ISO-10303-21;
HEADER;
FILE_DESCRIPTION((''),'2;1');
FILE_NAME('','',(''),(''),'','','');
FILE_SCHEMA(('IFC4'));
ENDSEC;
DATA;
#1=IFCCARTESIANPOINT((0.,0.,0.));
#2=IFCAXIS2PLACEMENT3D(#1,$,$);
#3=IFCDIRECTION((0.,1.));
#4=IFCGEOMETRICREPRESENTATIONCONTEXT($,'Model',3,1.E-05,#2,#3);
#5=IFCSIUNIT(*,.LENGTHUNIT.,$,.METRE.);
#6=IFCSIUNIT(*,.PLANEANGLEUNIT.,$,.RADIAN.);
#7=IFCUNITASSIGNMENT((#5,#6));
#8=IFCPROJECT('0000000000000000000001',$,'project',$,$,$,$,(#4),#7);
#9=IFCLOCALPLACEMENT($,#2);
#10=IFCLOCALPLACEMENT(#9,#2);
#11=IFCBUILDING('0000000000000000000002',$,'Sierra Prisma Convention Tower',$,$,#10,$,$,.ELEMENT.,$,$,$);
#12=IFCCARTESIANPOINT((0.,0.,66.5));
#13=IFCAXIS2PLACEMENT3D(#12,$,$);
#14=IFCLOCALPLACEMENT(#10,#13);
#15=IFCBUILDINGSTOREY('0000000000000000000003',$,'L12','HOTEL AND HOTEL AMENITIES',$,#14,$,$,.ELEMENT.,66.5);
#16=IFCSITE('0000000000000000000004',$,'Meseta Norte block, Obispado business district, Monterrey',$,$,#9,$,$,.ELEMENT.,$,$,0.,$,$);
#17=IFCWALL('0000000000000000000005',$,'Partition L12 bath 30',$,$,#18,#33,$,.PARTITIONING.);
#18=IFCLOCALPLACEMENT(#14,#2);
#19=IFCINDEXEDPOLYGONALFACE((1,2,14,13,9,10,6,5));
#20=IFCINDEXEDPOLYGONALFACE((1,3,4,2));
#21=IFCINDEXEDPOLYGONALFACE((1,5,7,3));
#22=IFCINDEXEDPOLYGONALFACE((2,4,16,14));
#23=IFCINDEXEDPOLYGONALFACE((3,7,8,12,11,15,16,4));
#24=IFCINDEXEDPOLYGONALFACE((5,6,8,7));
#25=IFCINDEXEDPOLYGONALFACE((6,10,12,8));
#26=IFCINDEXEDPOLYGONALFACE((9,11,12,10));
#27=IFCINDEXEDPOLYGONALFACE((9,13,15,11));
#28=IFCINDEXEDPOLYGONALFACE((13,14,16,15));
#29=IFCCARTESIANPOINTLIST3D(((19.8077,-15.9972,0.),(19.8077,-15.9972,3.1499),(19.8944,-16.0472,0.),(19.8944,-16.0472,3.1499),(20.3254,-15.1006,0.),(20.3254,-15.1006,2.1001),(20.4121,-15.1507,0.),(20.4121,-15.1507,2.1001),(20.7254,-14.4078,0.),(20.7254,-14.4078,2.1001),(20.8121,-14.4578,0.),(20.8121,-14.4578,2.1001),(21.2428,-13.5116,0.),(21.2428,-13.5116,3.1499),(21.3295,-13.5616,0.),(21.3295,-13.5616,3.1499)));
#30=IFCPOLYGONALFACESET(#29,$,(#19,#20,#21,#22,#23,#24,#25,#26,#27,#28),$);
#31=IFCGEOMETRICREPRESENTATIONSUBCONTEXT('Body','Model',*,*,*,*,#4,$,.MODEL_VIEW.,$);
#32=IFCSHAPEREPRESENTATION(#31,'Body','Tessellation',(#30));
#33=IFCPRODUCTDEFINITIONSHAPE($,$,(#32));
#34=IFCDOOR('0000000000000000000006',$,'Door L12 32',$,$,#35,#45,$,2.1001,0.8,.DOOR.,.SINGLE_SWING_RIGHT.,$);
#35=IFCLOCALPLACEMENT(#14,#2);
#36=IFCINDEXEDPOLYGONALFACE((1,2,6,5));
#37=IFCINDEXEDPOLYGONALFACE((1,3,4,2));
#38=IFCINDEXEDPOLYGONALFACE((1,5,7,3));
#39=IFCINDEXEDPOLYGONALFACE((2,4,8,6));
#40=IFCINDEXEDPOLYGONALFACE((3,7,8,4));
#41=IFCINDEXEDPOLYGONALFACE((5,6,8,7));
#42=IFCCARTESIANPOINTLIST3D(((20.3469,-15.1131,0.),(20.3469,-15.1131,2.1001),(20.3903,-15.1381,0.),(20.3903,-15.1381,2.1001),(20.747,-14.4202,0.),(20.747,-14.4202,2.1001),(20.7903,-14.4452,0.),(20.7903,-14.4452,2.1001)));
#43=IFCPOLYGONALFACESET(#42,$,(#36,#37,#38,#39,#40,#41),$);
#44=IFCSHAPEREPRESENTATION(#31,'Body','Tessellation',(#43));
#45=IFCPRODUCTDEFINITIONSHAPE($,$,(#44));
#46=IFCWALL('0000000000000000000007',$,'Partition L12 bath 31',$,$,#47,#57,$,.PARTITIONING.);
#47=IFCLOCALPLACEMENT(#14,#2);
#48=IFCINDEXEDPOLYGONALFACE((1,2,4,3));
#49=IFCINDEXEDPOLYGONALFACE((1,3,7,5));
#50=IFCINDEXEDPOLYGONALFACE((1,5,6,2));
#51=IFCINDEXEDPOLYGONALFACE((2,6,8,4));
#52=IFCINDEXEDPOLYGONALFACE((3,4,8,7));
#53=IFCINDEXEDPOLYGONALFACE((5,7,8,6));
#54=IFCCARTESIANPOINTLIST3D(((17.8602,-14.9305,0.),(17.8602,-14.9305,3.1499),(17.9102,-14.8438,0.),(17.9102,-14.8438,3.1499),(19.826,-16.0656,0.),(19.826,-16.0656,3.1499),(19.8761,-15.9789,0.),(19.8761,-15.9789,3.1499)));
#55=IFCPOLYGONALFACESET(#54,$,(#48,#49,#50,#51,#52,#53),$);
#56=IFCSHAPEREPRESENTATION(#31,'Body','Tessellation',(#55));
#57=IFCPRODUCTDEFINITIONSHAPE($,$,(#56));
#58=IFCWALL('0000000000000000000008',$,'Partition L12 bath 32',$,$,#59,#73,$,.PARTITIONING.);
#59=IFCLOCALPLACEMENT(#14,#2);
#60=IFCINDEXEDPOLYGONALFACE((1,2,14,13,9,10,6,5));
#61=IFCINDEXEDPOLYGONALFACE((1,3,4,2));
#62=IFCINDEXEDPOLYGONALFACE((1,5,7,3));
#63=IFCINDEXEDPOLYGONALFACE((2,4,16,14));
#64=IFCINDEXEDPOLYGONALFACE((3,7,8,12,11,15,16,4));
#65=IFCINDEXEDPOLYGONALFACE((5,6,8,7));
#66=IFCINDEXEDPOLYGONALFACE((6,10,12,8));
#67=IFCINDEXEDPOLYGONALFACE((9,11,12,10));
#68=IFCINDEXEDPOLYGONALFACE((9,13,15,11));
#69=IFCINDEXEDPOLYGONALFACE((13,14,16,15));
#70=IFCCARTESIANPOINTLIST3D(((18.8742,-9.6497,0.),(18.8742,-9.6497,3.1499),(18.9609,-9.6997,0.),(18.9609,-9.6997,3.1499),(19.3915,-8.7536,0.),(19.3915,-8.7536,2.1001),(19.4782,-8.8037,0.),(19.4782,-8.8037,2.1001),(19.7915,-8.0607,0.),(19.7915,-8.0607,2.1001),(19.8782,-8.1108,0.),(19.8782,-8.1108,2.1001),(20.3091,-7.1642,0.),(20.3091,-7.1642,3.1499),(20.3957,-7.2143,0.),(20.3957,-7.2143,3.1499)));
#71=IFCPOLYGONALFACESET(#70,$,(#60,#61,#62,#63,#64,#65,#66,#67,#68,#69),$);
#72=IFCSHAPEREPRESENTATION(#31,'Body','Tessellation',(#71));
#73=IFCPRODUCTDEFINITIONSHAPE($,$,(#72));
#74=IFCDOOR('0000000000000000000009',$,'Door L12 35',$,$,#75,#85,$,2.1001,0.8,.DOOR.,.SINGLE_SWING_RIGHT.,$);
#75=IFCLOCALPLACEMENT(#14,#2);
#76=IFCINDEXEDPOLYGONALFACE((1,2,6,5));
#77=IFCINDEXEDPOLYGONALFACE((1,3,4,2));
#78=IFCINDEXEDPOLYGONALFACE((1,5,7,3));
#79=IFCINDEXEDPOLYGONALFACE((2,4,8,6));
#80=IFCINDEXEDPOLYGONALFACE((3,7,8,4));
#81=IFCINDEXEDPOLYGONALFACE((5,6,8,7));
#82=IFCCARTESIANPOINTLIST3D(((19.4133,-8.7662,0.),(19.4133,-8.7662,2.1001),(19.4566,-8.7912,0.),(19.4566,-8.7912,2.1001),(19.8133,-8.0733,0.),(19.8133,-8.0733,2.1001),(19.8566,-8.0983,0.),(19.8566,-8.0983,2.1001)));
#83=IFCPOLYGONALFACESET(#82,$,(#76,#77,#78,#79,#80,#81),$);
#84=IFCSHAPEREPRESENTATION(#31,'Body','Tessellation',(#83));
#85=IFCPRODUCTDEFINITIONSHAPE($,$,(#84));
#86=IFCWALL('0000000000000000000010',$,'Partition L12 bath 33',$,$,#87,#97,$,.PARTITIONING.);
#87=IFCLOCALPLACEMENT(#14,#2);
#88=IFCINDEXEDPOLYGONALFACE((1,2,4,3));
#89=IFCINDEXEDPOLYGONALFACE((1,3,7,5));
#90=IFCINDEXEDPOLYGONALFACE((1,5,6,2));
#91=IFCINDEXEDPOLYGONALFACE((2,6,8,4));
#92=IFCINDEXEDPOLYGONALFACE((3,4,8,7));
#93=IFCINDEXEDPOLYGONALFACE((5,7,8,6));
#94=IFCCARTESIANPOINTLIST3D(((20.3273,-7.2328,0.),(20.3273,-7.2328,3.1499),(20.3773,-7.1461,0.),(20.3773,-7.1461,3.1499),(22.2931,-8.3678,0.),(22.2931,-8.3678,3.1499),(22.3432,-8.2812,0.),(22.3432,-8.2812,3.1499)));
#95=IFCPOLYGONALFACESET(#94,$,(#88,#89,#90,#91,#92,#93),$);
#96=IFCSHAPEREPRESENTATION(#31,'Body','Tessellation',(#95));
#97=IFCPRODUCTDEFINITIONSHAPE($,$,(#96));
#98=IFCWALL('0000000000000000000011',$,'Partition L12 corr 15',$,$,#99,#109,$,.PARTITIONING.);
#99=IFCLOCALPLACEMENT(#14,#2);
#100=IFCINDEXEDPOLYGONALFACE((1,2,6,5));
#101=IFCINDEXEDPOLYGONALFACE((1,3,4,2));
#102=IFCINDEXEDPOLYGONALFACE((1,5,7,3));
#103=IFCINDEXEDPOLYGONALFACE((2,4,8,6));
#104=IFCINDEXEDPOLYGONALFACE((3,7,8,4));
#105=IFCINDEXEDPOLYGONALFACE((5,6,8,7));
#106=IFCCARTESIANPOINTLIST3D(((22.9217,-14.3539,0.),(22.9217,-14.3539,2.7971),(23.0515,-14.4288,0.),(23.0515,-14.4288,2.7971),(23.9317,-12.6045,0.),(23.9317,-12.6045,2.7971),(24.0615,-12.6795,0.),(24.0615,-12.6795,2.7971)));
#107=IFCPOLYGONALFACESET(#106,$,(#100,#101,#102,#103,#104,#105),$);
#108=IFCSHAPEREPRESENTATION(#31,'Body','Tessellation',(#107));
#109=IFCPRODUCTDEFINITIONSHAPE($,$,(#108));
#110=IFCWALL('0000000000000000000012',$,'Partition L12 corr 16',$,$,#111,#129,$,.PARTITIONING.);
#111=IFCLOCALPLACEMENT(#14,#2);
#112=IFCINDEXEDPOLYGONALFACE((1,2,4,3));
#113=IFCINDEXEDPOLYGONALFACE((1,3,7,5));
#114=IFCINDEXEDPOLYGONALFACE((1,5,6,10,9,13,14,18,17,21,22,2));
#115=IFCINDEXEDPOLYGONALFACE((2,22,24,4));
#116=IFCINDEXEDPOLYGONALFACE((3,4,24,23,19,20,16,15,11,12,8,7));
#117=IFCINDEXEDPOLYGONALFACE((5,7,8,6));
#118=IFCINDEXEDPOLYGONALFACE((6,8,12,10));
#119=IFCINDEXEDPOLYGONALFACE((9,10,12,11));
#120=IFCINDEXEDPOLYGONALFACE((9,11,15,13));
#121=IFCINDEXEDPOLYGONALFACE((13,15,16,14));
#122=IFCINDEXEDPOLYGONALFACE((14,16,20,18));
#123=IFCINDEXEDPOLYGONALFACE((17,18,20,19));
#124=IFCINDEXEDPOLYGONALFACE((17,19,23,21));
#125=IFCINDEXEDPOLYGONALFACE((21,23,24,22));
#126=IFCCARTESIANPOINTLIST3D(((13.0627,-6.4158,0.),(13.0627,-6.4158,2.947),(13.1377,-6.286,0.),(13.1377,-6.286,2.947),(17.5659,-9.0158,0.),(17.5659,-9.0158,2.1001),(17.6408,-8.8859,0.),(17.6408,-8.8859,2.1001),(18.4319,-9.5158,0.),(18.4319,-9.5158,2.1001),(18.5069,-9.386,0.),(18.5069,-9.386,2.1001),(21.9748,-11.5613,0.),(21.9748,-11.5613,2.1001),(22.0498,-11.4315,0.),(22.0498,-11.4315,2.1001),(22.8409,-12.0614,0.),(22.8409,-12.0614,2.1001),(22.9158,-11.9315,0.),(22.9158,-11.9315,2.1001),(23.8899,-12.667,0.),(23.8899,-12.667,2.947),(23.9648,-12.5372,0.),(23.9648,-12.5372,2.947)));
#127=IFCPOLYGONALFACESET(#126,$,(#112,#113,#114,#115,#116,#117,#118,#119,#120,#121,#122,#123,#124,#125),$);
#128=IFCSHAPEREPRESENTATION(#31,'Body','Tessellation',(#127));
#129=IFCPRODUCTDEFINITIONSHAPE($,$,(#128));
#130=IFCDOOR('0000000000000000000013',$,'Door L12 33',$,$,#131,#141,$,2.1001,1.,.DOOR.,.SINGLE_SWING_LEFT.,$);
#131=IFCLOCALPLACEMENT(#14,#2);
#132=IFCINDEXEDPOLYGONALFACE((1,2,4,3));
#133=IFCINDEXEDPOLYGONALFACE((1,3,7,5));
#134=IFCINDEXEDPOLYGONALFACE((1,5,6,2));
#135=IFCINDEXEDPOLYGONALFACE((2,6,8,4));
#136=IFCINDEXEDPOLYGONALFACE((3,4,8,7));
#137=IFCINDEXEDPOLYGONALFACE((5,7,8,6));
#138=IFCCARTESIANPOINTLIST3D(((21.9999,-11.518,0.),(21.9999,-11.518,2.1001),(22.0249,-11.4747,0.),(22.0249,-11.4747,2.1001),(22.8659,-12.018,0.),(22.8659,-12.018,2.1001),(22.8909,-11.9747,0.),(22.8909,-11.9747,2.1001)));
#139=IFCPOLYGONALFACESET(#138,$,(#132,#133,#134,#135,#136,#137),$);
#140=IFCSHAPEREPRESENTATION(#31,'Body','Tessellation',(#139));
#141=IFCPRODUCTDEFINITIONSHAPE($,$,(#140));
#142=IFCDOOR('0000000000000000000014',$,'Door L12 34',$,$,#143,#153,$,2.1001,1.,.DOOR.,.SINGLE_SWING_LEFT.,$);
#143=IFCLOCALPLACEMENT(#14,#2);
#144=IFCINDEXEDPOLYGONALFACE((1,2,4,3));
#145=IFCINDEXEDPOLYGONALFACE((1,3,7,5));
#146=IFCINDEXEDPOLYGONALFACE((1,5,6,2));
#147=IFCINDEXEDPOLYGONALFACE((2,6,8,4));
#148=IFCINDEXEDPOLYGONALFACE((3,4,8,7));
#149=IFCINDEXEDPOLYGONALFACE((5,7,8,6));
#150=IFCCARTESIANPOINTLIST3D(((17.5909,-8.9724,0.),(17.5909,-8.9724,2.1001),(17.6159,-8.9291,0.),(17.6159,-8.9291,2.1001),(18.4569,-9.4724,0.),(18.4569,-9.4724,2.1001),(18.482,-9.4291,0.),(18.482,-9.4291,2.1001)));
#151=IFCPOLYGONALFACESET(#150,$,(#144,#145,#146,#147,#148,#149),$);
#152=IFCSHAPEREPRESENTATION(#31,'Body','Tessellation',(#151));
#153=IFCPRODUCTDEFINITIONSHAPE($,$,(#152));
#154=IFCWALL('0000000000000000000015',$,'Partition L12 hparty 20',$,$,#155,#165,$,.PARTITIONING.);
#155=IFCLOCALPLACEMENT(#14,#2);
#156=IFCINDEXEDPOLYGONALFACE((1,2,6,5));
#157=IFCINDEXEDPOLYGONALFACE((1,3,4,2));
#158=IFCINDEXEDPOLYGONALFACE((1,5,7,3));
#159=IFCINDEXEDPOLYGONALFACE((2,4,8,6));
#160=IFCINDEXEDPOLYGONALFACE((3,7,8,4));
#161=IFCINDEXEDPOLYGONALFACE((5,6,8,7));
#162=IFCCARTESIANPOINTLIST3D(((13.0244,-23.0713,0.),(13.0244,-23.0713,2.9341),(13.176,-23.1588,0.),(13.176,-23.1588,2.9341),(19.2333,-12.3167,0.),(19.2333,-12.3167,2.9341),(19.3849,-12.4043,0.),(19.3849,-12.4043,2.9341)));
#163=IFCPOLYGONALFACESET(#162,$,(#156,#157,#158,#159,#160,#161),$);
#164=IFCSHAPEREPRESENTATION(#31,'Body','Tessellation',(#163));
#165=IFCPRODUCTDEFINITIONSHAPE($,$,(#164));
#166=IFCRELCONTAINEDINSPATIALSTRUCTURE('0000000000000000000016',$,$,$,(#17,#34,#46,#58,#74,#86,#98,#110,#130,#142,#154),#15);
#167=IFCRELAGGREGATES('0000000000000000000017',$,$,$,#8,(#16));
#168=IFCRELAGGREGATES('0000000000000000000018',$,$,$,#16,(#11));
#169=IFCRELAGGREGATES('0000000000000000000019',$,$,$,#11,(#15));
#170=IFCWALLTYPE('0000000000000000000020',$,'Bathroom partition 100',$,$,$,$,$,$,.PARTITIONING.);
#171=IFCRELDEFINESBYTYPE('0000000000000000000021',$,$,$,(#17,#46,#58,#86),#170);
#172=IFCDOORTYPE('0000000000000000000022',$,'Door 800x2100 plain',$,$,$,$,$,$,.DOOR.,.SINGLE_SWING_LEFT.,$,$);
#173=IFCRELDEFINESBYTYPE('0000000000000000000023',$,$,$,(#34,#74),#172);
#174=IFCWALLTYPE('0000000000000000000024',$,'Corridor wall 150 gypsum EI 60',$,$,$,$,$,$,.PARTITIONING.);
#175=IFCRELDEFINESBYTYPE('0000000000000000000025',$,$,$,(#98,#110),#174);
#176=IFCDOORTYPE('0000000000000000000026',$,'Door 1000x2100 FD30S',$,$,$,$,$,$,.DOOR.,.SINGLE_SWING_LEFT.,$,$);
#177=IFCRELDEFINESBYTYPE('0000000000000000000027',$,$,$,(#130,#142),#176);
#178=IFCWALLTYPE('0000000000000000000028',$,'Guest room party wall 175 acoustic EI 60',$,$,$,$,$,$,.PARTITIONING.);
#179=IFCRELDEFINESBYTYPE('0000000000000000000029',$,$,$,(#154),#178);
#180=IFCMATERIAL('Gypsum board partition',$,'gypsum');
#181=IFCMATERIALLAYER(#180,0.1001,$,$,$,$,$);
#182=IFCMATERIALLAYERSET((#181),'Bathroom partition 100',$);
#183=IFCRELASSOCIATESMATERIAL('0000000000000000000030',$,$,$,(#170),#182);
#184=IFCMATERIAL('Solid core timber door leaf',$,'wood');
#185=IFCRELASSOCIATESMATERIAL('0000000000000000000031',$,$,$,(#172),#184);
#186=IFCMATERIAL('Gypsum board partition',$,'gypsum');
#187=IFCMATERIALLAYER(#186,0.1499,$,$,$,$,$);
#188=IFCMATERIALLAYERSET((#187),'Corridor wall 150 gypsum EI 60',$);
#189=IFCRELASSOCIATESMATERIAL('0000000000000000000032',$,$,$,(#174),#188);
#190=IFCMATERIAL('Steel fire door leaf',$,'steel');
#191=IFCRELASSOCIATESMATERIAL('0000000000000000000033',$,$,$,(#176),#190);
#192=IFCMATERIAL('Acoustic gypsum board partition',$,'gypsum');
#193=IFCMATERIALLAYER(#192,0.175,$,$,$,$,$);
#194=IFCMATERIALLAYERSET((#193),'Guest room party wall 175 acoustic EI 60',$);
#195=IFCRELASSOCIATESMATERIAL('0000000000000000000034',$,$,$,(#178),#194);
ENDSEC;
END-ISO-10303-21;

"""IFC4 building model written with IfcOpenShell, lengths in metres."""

from ifc_helpers import new_model, si_unit, direction, frame, frame_2d, origin, place, context, subcontext, project, spatial, rectangle, extrude, material, layer, layer_set, type_object, element, fill, save


model = new_model("IFC4")

# Units and contexts
model_context = context("Model", 3, precision=1e-05, world=origin(), true_north=direction((0.0, 1.0)))
body_context = subcontext(model_context, "Body", "Model", "MODEL_VIEW")
ifc_project = project(units=[si_unit("LENGTHUNIT", "METRE"), si_unit("PLANEANGLEUNIT", "RADIAN")], contexts=[model_context])

# Site, building, storey
site_placement = place(None, origin())
site = spatial("IfcSite", under=ifc_project, at=site_placement, Name="Meseta Norte block, Obispado business district, Monterrey", CompositionType="ELEMENT", RefElevation=0.0)
building_placement = place(site_placement, origin())
building = spatial("IfcBuilding", under=site, at=building_placement, Name="Sierra Prisma Convention Tower", CompositionType="ELEMENT")
storey_placement = place(building_placement, frame((0.0, 0.0, 66.5)))
storey = spatial("IfcBuildingStorey", under=building, at=storey_placement, Name="L12", Description="HOTEL AND HOTEL AMENITIES", CompositionType="ELEMENT", Elevation=66.5)

# Wall, opening, door
ifc_material_1 = material(Name="Gypsum board partition", Category="gypsum")
ifc_layer_1 = layer(ifc_material_1, 0.1001)
ifc_layer_set_1 = layer_set([ifc_layer_1], Name="Bathroom partition 100")
wall_type_1 = type_object("IfcWallType", Name="Bathroom partition 100", PredefinedType="PARTITIONING", material=ifc_layer_set_1)
wall_1_placement = place(storey_placement, frame((21.2861, -13.5366, 0.0), z_axis=(0.0, 0.0, 1.0), x_axis=(-0.5, -0.866026, 0.0)))
wall_1 = element("IfcWall", 1, at=wall_1_placement, inside=storey, type_object=wall_type_1, Name="Partition L12 bath 30", PredefinedType="PARTITIONING", context=body_context, shape_type="SweptSolid", body=[
    extrude(rectangle(XDim=2.8701, YDim=0.1001, at=frame_2d((1.4351, 0.0))), origin(), (0.0, 0.0, 1.0), 3.1499),
])
opening_1_placement = place(wall_1_placement, frame((1.0349, 0.0, 0.0)))
opening_1 = element("IfcOpeningElement", 2, at=opening_1_placement, cuts=wall_1, PredefinedType="OPENING", context=body_context, shape_type="SweptSolid", body=[
    extrude(rectangle(XDim=0.8, YDim=2.1001, at=frame_2d((0.3999, 1.05))), frame((0.0, 0.05, 0.0), z_axis=(0.0, -1.0, 0.0), x_axis=(1.0, 0.0, 0.0)), (0.0, 0.0, 1.0), 0.1001),
])
ifc_material_2 = material(Name="Solid core timber door leaf", Category="wood")
door_type_1 = type_object("IfcDoorType", Name="Door 800x2100 plain", OperationType="SINGLE_SWING_LEFT", PredefinedType="DOOR", material=ifc_material_2)
door_1_placement = place(opening_1_placement, origin())
door_1 = element("IfcDoor", 3, at=door_1_placement, inside=storey, type_object=door_type_1, Name="Door L12 32", OperationType="SINGLE_SWING_RIGHT", OverallHeight=2.1001, OverallWidth=0.8, PredefinedType="DOOR", context=body_context, shape_type="SweptSolid", body=[
    extrude(rectangle(XDim=0.8, YDim=2.1001, at=frame_2d((0.3999, 1.05))), frame((0.0, 0.0249, 0.0), z_axis=(0.0, -1.0, 0.0), x_axis=(1.0, 0.0, 0.0)), (0.0, 0.0, 1.0), 0.05),
])
fill(opening_1, door_1)

# Wall
wall_2_placement = place(storey_placement, frame((19.8511, -16.0222, 0.0), z_axis=(0.0, 0.0, 1.0), x_axis=(-0.866017, 0.500014, 0.0)))
element("IfcWall", 4, at=wall_2_placement, inside=storey, type_object=wall_type_1, Name="Partition L12 bath 31", PredefinedType="PARTITIONING", context=body_context, shape_type="SweptSolid", body=[
    extrude(rectangle(XDim=2.27, YDim=0.1001, at=frame_2d((1.135, 0.0))), origin(), (0.0, 0.0, 1.0), 3.1499),
])

# Wall, opening, door
wall_3_placement = place(storey_placement, frame((18.9175, -9.6748, 0.0), z_axis=(0.0, 0.0, 1.0), x_axis=(0.499973, 0.866041, 0.0)))
wall_3 = element("IfcWall", 5, at=wall_3_placement, inside=storey, type_object=wall_type_1, Name="Partition L12 bath 32", PredefinedType="PARTITIONING", context=body_context, shape_type="SweptSolid", body=[
    extrude(rectangle(XDim=2.8699, YDim=0.1001, at=frame_2d((1.4351, 0.0))), origin(), (0.0, 0.0, 1.0), 3.1499),
])
opening_2_placement = place(wall_3_placement, frame((1.0349, 0.0, 0.0)))
opening_2 = element("IfcOpeningElement", 6, at=opening_2_placement, cuts=wall_3, PredefinedType="OPENING", context=body_context, shape_type="SweptSolid", body=[
    extrude(rectangle(XDim=0.8, YDim=2.1001, at=frame_2d((0.3999, 1.05))), frame((0.0, 0.05, 0.0), z_axis=(0.0, -1.0, 0.0), x_axis=(1.0, 0.0, 0.0)), (0.0, 0.0, 1.0), 0.1001),
])
door_2_placement = place(opening_2_placement, origin())
door_2 = element("IfcDoor", 7, at=door_2_placement, inside=storey, type_object=door_type_1, Name="Door L12 35", OperationType="SINGLE_SWING_RIGHT", OverallHeight=2.1001, OverallWidth=0.8, PredefinedType="DOOR", context=body_context, shape_type="SweptSolid", body=[
    extrude(rectangle(XDim=0.8, YDim=2.1001, at=frame_2d((0.3999, 1.05))), frame((0.0, 0.0249, 0.0), z_axis=(0.0, -1.0, 0.0), x_axis=(1.0, 0.0, 0.0)), (0.0, 0.0, 1.0), 0.05),
])
fill(opening_2, door_2)

# Walls
wall_4_placement = place(storey_placement, frame((20.3523, -7.1895, 0.0), z_axis=(0.0, 0.0, 1.0), x_axis=(0.866017, -0.500014, 0.0)))
element("IfcWall", 8, at=wall_4_placement, inside=storey, type_object=wall_type_1, Name="Partition L12 bath 33", PredefinedType="PARTITIONING", context=body_context, shape_type="SweptSolid", body=[
    extrude(rectangle(XDim=2.27, YDim=0.1001, at=frame_2d((1.135, 0.0))), origin(), (0.0, 0.0, 1.0), 3.1499),
])
ifc_material_3 = material(Name="Gypsum board partition", Category="gypsum")
ifc_layer_2 = layer(ifc_material_3, 0.1499)
ifc_layer_set_2 = layer_set([ifc_layer_2], Name="Corridor wall 150 gypsum EI 60")
wall_type_2 = type_object("IfcWallType", Name="Corridor wall 150 gypsum EI 60", PredefinedType="PARTITIONING", material=ifc_layer_set_2)
wall_5_placement = place(storey_placement, frame((22.9866, -14.3914, 0.0), z_axis=(0.0, 0.0, 1.0), x_axis=(0.500026, 0.86601, 0.0)))
element("IfcWall", 9, at=wall_5_placement, inside=storey, type_object=wall_type_2, Name="Partition L12 corr 15", PredefinedType="PARTITIONING", context=body_context, shape_type="SweptSolid", body=[
    extrude(rectangle(XDim=2.02, YDim=0.1499, at=frame_2d((1.01, 0.0))), origin(), (0.0, 0.0, 1.0), 2.7971),
])

# Wall, openings, doors
wall_6_placement = place(storey_placement, frame((23.9272, -12.6021, 0.0), z_axis=(0.0, 0.0, 1.0), x_axis=(-0.86602, 0.50001, 0.0)))
wall_6 = element("IfcWall", 10, at=wall_6_placement, inside=storey, type_object=wall_type_2, Name="Partition L12 corr 16", PredefinedType="PARTITIONING", context=body_context, shape_type="SweptSolid", body=[
    extrude(rectangle(XDim=12.5022, YDim=0.1499, at=frame_2d((6.251, 0.0))), origin(), (0.0, 0.0, 1.0), 2.947),
])
opening_3_placement = place(wall_6_placement, frame((1.2112, 0.0, 0.0)))
opening_3 = element("IfcOpeningElement", 11, at=opening_3_placement, cuts=wall_6, PredefinedType="OPENING", context=body_context, shape_type="SweptSolid", body=[
    extrude(rectangle(XDim=1.0, YDim=2.1001, at=frame_2d((0.5, 1.05))), frame((0.0, 0.075, 0.0), z_axis=(0.0, -1.0, 0.0), x_axis=(1.0, 0.0, 0.0)), (0.0, 0.0, 1.0), 0.1499),
])
opening_4_placement = place(wall_6_placement, frame((6.3022, 0.0, 0.0)))
opening_4 = element("IfcOpeningElement", 12, at=opening_4_placement, cuts=wall_6, PredefinedType="OPENING", context=body_context, shape_type="SweptSolid", body=[
    extrude(rectangle(XDim=1.0, YDim=2.1001, at=frame_2d((0.5, 1.05))), frame((0.0, 0.075, 0.0), z_axis=(0.0, -1.0, 0.0), x_axis=(1.0, 0.0, 0.0)), (0.0, 0.0, 1.0), 0.1499),
])
ifc_material_4 = material(Name="Steel fire door leaf", Category="steel")
door_type_2 = type_object("IfcDoorType", Name="Door 1000x2100 FD30S", OperationType="SINGLE_SWING_LEFT", PredefinedType="DOOR", material=ifc_material_4)
door_3_placement = place(opening_3_placement, origin())
door_3 = element("IfcDoor", 13, at=door_3_placement, inside=storey, type_object=door_type_2, Name="Door L12 33", OperationType="SINGLE_SWING_LEFT", OverallHeight=2.1001, OverallWidth=1.0, PredefinedType="DOOR", context=body_context, shape_type="SweptSolid", body=[
    extrude(rectangle(XDim=1.0, YDim=2.1001, at=frame_2d((0.5, 1.05))), frame((0.0, 0.0249, 0.0), z_axis=(0.0, -1.0, 0.0), x_axis=(1.0, 0.0, 0.0)), (0.0, 0.0, 1.0), 0.05),
])
fill(opening_3, door_3)
door_4_placement = place(opening_4_placement, origin())
door_4 = element("IfcDoor", 14, at=door_4_placement, inside=storey, type_object=door_type_2, Name="Door L12 34", OperationType="SINGLE_SWING_LEFT", OverallHeight=2.1001, OverallWidth=1.0, PredefinedType="DOOR", context=body_context, shape_type="SweptSolid", body=[
    extrude(rectangle(XDim=1.0, YDim=2.1001, at=frame_2d((0.5, 1.05))), frame((0.0, 0.0249, 0.0), z_axis=(0.0, -1.0, 0.0), x_axis=(1.0, 0.0, 0.0)), (0.0, 0.0, 1.0), 0.05),
])
fill(opening_4, door_4)

# Wall
ifc_material_5 = material(Name="Acoustic gypsum board partition", Category="gypsum")
ifc_layer_3 = layer(ifc_material_5, 0.175)
ifc_layer_set_3 = layer_set([ifc_layer_3], Name="Guest room party wall 175 acoustic EI 60")
wall_type_3 = type_object("IfcWallType", Name="Guest room party wall 175 acoustic EI 60", PredefinedType="PARTITIONING", material=ifc_layer_set_3)
wall_7_placement = place(storey_placement, frame((19.3091, -12.3606, 0.0), z_axis=(0.0, 0.0, 1.0), x_axis=(-0.499987, -0.866033, 0.0)))
element("IfcWall", 15, at=wall_7_placement, inside=storey, type_object=wall_type_3, Name="Partition L12 hparty 20", PredefinedType="PARTITIONING", context=body_context, shape_type="SweptSolid", body=[
    extrude(rectangle(XDim=12.4182, YDim=0.175, at=frame_2d((6.209, 0.0))), origin(), (0.0, 0.0, 1.0), 2.9341),
])

save(model, "model.ifc")
